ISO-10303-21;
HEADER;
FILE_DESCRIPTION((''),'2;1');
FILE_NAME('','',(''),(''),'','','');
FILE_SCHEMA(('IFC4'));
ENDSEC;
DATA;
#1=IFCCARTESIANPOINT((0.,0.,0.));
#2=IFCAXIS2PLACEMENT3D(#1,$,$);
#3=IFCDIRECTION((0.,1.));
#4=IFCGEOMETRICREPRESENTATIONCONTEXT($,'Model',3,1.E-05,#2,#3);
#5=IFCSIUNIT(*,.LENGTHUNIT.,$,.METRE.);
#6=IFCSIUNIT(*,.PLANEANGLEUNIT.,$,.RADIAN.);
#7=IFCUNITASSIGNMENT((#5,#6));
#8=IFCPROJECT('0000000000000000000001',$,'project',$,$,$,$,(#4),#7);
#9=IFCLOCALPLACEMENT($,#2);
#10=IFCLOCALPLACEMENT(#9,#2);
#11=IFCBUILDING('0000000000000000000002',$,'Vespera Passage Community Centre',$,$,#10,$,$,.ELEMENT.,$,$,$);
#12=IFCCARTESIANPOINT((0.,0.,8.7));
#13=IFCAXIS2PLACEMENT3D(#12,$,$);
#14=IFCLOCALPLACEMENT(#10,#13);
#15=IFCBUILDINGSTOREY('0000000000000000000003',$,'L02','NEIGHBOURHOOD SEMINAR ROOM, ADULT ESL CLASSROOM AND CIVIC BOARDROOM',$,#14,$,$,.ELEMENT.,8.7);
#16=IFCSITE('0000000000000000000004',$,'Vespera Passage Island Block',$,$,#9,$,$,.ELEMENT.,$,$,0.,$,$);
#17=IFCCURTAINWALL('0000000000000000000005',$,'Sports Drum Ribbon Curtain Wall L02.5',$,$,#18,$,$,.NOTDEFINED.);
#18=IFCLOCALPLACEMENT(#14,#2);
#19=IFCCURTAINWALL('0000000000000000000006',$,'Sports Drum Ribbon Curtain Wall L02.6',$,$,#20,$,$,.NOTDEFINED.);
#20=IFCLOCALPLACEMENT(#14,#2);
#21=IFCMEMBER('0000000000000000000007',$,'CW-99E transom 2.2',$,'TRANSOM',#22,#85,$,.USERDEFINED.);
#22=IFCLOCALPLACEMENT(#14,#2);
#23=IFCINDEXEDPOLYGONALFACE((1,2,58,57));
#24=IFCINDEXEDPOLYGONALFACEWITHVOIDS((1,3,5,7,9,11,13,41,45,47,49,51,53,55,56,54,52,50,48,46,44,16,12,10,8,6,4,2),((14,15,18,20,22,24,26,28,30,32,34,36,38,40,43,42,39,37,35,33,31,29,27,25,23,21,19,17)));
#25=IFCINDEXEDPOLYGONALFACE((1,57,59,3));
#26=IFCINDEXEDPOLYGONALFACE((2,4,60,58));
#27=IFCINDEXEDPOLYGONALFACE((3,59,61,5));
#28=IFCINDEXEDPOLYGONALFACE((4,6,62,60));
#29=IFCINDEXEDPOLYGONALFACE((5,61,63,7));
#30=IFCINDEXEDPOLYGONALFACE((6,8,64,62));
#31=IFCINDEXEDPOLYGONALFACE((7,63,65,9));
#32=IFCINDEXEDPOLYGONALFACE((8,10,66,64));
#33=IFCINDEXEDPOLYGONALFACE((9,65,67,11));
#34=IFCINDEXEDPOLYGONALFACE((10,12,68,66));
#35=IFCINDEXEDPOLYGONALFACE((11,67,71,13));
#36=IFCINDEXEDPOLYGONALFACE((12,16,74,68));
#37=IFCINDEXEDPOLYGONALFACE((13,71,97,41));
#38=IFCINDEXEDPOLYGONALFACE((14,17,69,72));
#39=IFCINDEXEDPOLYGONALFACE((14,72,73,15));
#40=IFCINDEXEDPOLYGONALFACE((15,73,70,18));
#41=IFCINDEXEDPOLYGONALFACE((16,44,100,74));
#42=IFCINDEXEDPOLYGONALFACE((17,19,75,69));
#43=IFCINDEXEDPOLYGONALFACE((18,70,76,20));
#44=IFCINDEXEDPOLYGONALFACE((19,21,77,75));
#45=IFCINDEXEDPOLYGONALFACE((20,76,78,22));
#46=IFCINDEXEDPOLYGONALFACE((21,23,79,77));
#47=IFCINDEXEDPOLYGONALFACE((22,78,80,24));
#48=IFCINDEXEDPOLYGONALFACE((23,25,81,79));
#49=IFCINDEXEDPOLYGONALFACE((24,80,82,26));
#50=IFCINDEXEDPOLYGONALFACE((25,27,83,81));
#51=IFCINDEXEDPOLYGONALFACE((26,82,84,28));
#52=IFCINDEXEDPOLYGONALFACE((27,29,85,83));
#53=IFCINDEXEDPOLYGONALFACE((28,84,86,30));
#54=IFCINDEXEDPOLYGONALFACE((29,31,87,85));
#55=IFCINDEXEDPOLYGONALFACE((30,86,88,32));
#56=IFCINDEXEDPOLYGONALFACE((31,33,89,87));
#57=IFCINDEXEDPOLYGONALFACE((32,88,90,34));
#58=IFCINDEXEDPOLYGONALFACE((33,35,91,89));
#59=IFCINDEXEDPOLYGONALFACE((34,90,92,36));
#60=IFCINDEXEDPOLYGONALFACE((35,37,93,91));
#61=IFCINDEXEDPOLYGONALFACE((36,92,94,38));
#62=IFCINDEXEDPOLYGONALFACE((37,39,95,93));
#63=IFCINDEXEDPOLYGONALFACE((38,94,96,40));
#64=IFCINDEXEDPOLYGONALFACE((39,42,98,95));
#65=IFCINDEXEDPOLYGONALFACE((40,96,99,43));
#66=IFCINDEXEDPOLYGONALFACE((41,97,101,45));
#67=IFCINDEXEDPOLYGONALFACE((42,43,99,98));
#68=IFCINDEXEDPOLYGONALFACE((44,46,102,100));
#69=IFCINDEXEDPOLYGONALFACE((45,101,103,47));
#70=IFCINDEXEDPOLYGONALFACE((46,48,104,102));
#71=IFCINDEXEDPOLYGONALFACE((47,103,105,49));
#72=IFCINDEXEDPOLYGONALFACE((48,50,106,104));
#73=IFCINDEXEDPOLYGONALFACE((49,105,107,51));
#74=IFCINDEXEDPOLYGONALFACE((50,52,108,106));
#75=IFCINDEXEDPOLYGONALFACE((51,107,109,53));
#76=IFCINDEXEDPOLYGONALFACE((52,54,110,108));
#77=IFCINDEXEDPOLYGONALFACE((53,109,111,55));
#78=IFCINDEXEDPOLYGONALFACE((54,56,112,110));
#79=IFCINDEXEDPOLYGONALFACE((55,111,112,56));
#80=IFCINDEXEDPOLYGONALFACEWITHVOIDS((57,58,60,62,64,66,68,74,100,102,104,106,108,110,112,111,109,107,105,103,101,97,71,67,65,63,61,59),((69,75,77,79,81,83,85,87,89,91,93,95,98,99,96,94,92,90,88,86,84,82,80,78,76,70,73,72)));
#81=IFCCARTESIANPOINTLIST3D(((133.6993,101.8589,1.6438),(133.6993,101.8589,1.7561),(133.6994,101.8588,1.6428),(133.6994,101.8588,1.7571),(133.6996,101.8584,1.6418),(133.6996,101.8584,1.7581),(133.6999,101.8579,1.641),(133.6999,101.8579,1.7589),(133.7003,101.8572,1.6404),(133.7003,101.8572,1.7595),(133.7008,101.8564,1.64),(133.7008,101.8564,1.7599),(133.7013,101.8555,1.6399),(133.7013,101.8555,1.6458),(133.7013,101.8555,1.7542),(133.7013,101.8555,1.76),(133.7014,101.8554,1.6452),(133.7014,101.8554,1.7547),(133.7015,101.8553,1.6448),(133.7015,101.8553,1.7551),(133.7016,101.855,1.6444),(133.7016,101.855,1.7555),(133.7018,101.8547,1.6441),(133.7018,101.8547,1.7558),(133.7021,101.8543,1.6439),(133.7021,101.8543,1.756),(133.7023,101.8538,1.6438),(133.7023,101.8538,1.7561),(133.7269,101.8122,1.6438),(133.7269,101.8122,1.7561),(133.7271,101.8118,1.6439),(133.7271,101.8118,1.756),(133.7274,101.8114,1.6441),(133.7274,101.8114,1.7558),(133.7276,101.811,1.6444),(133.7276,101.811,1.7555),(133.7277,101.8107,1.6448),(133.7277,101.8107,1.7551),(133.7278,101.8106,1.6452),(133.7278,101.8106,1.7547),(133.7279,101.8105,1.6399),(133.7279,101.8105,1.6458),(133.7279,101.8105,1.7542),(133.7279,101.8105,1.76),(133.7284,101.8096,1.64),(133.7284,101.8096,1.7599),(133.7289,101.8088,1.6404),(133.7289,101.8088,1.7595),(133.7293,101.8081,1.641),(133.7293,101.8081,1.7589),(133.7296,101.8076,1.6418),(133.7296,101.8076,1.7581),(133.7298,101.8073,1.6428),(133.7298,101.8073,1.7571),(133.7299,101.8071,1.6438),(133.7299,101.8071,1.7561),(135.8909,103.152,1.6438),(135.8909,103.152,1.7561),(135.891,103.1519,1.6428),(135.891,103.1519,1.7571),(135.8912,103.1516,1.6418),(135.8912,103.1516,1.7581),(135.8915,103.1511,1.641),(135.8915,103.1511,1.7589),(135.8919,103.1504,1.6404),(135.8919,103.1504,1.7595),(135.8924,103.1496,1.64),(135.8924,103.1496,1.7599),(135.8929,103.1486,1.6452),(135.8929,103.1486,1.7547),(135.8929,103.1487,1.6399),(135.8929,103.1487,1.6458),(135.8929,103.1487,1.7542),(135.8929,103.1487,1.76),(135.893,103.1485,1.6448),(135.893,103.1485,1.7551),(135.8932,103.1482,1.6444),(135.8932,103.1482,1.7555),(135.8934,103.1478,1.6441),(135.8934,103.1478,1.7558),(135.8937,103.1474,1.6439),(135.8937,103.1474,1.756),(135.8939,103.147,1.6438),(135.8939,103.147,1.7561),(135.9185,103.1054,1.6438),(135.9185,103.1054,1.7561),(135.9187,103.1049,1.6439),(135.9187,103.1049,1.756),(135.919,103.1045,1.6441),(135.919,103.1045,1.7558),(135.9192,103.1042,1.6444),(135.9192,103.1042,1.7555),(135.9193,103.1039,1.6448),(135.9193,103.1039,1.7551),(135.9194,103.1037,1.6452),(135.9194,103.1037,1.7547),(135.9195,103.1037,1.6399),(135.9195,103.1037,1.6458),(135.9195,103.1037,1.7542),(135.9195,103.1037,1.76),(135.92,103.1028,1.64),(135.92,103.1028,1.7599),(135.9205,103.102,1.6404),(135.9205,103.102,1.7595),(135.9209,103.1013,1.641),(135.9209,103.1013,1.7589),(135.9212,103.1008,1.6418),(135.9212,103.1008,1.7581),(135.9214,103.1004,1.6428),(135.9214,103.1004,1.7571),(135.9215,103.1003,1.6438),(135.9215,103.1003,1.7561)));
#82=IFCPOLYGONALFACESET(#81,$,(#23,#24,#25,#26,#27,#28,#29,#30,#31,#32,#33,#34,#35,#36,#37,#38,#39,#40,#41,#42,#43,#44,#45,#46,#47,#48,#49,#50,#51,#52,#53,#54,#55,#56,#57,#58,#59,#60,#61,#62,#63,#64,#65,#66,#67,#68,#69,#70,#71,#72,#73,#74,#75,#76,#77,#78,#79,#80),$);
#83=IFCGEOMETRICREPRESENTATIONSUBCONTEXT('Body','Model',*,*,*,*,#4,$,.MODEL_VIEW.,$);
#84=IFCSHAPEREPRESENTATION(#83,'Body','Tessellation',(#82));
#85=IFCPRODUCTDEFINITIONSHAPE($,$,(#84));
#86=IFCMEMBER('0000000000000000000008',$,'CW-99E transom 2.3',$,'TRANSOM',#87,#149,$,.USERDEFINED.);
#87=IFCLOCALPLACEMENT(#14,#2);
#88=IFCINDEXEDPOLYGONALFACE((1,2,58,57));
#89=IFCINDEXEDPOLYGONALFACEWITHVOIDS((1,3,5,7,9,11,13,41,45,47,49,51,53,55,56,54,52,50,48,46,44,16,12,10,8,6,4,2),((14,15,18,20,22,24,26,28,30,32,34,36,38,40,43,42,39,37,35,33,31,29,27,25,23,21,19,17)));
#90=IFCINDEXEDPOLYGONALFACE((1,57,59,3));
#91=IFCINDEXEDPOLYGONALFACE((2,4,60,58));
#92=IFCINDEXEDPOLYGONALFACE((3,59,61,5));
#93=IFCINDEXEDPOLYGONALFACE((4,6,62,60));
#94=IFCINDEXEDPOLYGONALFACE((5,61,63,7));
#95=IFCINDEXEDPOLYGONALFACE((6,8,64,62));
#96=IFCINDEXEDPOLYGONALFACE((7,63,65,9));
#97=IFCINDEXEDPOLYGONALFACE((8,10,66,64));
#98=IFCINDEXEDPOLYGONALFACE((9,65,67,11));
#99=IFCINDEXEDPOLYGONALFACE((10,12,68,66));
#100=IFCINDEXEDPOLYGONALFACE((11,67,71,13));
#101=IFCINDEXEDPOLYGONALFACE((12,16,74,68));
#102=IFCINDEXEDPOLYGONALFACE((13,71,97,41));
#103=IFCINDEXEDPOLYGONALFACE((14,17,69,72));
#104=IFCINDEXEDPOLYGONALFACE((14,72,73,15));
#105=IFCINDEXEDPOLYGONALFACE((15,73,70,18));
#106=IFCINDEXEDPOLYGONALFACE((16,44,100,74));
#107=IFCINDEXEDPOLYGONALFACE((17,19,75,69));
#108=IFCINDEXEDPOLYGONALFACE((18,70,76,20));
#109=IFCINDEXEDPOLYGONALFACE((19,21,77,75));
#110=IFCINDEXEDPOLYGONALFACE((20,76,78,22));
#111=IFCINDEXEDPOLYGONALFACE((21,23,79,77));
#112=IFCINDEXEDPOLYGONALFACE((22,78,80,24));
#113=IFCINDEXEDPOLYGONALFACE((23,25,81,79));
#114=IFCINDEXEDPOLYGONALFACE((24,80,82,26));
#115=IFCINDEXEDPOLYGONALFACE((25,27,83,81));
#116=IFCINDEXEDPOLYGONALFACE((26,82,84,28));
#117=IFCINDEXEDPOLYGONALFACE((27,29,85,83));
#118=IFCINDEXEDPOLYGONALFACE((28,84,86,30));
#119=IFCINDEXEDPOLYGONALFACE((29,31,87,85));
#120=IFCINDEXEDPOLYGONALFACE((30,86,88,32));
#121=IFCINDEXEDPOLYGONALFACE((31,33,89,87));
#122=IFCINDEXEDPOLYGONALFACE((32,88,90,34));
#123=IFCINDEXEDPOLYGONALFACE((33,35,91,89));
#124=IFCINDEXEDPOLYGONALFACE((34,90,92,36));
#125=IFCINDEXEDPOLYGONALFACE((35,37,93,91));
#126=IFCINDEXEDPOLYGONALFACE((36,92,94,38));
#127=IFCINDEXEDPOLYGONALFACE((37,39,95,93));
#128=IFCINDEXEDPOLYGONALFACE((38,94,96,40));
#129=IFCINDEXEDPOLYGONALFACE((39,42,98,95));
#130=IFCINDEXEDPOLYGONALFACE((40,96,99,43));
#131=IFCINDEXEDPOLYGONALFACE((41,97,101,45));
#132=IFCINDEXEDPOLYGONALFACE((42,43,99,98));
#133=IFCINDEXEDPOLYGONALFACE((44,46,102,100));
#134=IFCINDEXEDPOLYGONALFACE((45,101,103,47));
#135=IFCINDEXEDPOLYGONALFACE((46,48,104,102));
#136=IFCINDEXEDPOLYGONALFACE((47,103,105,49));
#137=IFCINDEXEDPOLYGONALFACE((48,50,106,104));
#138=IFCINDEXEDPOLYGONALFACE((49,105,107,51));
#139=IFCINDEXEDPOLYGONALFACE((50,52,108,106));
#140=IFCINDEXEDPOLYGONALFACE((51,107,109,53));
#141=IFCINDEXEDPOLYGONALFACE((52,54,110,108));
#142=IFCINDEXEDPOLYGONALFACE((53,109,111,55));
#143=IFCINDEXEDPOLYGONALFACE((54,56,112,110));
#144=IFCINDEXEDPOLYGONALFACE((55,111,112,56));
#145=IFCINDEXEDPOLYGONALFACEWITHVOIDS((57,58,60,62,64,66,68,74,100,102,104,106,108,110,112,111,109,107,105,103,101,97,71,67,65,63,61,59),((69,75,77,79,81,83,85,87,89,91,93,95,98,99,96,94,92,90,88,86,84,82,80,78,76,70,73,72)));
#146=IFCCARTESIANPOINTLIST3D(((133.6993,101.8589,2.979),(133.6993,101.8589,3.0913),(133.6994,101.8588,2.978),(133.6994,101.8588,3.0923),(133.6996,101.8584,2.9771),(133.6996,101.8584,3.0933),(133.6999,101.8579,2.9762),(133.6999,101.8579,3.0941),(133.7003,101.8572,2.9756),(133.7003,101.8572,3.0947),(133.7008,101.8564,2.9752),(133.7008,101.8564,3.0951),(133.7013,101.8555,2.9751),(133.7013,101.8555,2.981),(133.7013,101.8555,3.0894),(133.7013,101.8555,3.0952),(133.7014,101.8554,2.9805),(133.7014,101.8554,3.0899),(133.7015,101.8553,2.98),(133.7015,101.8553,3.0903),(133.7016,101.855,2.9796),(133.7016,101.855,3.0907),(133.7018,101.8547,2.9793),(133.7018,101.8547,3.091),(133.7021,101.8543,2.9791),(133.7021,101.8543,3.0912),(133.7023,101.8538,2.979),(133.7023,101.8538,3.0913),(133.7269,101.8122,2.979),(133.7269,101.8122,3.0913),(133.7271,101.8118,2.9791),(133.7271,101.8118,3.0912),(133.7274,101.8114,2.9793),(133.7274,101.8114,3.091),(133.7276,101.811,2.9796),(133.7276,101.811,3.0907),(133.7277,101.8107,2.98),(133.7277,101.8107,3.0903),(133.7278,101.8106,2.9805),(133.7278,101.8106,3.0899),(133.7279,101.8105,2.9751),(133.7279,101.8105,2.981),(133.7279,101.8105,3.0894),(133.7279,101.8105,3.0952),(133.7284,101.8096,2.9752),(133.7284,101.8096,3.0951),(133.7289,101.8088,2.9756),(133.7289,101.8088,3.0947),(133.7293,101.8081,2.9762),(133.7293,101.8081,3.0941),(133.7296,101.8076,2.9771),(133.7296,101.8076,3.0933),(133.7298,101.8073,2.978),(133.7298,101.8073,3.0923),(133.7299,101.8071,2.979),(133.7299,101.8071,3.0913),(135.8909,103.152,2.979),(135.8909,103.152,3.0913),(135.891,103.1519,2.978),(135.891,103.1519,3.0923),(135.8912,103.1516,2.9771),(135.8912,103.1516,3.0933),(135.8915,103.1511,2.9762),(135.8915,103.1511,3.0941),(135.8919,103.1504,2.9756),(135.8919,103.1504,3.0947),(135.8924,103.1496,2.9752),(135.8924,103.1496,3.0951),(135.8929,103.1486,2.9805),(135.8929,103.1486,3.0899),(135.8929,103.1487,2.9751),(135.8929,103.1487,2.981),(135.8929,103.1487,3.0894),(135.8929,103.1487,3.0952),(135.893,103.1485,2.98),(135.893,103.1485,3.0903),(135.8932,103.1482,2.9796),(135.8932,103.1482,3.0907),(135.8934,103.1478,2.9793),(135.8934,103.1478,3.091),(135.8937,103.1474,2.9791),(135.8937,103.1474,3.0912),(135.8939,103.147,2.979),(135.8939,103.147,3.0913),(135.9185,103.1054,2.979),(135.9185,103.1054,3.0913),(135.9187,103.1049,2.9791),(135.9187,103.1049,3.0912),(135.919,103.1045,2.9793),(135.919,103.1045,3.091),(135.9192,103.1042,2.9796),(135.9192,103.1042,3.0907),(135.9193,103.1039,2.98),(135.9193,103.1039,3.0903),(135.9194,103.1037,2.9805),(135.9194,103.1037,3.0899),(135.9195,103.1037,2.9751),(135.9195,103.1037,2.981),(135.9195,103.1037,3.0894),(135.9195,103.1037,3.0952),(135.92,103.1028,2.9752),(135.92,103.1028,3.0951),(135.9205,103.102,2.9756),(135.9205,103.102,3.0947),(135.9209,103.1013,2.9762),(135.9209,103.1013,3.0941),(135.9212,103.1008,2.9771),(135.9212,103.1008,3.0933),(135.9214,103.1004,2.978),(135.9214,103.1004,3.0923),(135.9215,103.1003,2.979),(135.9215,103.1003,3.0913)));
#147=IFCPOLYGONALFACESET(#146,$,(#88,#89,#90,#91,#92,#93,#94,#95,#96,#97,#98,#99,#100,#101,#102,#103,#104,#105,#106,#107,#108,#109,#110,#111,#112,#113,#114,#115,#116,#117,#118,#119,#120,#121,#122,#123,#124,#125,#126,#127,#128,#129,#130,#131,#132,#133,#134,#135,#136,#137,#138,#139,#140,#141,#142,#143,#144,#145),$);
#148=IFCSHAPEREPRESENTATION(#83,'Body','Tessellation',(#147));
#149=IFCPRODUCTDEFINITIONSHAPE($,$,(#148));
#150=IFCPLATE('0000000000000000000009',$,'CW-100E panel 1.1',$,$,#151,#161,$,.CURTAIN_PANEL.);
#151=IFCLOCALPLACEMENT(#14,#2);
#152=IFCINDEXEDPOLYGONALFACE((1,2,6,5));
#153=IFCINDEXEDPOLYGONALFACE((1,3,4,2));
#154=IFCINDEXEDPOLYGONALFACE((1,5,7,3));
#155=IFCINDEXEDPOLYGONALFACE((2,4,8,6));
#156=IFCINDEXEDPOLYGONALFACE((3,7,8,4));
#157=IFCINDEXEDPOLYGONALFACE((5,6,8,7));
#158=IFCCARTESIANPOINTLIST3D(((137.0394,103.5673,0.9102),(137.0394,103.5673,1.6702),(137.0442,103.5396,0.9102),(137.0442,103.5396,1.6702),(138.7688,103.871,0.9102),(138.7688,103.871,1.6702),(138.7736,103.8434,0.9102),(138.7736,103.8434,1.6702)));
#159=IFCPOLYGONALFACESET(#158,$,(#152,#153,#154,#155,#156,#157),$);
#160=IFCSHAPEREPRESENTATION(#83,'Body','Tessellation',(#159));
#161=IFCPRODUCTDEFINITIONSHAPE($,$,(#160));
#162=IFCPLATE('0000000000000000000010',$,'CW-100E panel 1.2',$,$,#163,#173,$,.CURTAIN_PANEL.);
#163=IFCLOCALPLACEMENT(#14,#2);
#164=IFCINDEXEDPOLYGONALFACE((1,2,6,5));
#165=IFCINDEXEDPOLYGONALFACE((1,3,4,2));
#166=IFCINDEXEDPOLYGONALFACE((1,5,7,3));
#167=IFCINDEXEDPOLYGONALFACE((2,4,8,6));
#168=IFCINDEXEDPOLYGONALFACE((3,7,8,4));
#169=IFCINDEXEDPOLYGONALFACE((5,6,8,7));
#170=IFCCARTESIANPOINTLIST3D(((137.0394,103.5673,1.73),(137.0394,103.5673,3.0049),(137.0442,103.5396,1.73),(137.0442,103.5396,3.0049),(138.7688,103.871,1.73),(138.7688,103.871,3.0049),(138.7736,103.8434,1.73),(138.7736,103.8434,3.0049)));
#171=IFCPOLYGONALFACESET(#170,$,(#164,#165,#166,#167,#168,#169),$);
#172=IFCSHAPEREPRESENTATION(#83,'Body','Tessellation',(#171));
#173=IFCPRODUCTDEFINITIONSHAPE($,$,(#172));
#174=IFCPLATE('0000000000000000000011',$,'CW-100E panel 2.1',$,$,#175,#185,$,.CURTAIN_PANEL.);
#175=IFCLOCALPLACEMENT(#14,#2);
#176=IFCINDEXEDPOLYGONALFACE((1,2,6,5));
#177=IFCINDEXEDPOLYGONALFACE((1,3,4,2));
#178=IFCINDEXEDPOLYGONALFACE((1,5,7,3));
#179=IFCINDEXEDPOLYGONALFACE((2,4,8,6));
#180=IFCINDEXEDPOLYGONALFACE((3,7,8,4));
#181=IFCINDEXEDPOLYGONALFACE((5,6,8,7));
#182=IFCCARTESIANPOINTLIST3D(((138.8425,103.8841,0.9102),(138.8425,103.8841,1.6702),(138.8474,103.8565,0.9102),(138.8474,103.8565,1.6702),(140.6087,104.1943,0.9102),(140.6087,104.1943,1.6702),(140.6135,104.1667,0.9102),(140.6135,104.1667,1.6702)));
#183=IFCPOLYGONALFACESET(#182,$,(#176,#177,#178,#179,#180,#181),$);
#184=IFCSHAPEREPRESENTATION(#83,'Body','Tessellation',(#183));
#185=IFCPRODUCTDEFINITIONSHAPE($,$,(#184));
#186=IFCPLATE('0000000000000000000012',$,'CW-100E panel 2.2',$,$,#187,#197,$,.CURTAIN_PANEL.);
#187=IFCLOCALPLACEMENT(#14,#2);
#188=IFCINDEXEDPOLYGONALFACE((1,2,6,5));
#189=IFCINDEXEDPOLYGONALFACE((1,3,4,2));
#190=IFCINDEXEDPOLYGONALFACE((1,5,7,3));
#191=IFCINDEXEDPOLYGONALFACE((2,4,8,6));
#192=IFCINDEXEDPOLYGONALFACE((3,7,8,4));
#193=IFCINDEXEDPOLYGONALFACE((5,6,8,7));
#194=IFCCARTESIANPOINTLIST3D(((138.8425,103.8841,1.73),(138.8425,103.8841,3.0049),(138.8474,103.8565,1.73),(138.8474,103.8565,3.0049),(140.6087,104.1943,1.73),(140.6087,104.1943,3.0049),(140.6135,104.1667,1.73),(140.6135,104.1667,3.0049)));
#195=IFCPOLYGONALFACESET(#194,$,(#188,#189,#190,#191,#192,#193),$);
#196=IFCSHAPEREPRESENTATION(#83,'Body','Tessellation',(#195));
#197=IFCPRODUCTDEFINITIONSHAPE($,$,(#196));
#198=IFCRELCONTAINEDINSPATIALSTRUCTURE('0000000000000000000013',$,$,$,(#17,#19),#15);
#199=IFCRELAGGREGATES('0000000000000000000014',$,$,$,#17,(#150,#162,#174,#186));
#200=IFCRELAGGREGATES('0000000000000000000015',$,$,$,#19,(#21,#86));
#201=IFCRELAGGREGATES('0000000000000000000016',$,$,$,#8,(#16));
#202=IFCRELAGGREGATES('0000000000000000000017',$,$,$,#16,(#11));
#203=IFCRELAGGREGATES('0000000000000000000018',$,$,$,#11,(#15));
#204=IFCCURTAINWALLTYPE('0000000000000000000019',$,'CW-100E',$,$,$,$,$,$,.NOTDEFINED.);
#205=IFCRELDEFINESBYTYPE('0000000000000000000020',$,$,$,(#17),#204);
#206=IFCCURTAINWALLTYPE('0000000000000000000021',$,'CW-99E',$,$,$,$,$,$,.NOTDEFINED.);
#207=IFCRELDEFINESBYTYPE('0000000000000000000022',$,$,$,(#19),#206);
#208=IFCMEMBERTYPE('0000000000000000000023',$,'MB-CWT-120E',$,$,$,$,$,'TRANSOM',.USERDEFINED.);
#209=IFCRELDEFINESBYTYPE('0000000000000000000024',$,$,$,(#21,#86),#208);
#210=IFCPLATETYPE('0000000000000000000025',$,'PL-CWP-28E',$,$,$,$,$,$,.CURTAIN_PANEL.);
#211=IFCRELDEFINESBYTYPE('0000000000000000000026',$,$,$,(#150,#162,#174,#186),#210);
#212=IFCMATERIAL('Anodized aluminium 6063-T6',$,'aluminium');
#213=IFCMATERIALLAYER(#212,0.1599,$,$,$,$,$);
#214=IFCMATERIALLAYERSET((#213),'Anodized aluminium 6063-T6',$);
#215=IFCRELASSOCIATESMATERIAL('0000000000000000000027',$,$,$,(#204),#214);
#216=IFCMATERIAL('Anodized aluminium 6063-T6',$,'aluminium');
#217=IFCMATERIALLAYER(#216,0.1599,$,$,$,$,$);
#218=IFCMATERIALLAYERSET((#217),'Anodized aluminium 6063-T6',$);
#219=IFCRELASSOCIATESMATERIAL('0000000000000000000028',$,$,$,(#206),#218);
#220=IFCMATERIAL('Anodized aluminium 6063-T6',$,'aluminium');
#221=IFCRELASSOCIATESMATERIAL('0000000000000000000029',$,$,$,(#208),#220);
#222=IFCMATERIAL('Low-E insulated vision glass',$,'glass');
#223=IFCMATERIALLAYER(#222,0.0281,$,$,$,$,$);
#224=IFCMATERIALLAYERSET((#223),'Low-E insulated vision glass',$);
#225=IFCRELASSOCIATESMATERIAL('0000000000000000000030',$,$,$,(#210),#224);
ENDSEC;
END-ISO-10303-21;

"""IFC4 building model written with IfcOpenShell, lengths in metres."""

from ifc_helpers import new_model, si_unit, direction, frame, origin, origin_2d, place, context, subcontext, project, spatial, rectangle, hollow_rectangle, extrude, material, layer, layer_set, material_profile, profile_set, type_object, element, aggregate, save


model = new_model("IFC4")

# Units and contexts
model_context = context("Model", 3, precision=1e-05, world=origin(), true_north=direction((0.0, 1.0)))
body_context = subcontext(model_context, "Body", "Model", "MODEL_VIEW")
ifc_project = project(units=[si_unit("LENGTHUNIT", "METRE"), si_unit("PLANEANGLEUNIT", "RADIAN")], contexts=[model_context])

# Site, building, storey
site_placement = place(None, origin())
site = spatial("IfcSite", under=ifc_project, at=site_placement, Name="Vespera Passage Island Block", CompositionType="ELEMENT", RefElevation=0.0)
building_placement = place(site_placement, origin())
building = spatial("IfcBuilding", under=site, at=building_placement, Name="Vespera Passage Community Centre", CompositionType="ELEMENT")
storey_placement = place(building_placement, frame((0.0, 0.0, 8.7)))
storey = spatial("IfcBuildingStorey", under=building, at=storey_placement, Name="L02", Description="NEIGHBOURHOOD SEMINAR ROOM, ADULT ESL CLASSROOM AND CIVIC BOARDROOM", CompositionType="ELEMENT", Elevation=8.7)

# Curtain walls
ifc_material_1 = material(Name="Anodized aluminium 6063-T6", Category="aluminium")
ifc_layer_1 = layer(ifc_material_1, 0.1599)
ifc_layer_set_1 = layer_set([ifc_layer_1], Name="Anodized aluminium 6063-T6")
curtain_wall_type_1 = type_object("IfcCurtainWallType", Name="CW-100E", PredefinedType="NOTDEFINED", material=ifc_layer_set_1)
curtain_wall_1_placement = place(storey_placement, origin())
curtain_wall_1 = element("IfcCurtainWall", 1, at=curtain_wall_1_placement, inside=storey, type_object=curtain_wall_type_1, Name="Sports Drum Ribbon Curtain Wall L02.5", PredefinedType="NOTDEFINED")
ifc_material_2 = material(Name="Anodized aluminium 6063-T6", Category="aluminium")
ifc_layer_2 = layer(ifc_material_2, 0.1599)
ifc_layer_set_2 = layer_set([ifc_layer_2], Name="Anodized aluminium 6063-T6")
curtain_wall_type_2 = type_object("IfcCurtainWallType", Name="CW-99E", PredefinedType="NOTDEFINED", material=ifc_layer_set_2)
curtain_wall_2_placement = place(storey_placement, origin())
curtain_wall_2 = element("IfcCurtainWall", 2, at=curtain_wall_2_placement, inside=storey, type_object=curtain_wall_type_2, Name="Sports Drum Ribbon Curtain Wall L02.6", PredefinedType="NOTDEFINED")

# Members
ifc_material_3 = material(Name="Anodized aluminium 6063-T6", Category="aluminium")
ifc_material_profile_1 = material_profile(ifc_material_3, hollow_rectangle(XDim=0.0601, YDim=0.1201, WallThickness=0.0039, InnerFilletRadius=0.002, OuterFilletRadius=0.0039, at=origin_2d()), Name="ALU120X60X4")
ifc_profile_set_1 = profile_set([ifc_material_profile_1], Name="Anodized aluminium 6063-T6")
member_type_1 = type_object("IfcMemberType", Name="MB-CWT-120E", ElementType="TRANSOM", PredefinedType="USERDEFINED", material=ifc_profile_set_1)
member_1_placement = place(storey_placement, frame((133.7146, 101.833, 1.7), z_axis=(0.861245, 0.508189, 0.0), x_axis=(-0.508189, 0.861245, 0.0)))
member_1 = element("IfcMember", 3, at=member_1_placement, type_object=member_type_1, Name="CW-99E transom 2.2", ObjectType="TRANSOM", PredefinedType="USERDEFINED", context=body_context, shape_type="SweptSolid", body=[
    extrude(hollow_rectangle(XDim=0.0601, YDim=0.1201, WallThickness=0.0039, InnerFilletRadius=0.002, OuterFilletRadius=0.0039, at=origin_2d()), origin(), (0.0, 0.0, 1.0), 2.5447),
])
member_2_placement = place(storey_placement, frame((133.7146, 101.833, 3.0352), z_axis=(0.861245, 0.508189, 0.0), x_axis=(-0.508189, 0.861245, 0.0)))
member_2 = element("IfcMember", 4, at=member_2_placement, type_object=member_type_1, Name="CW-99E transom 2.3", ObjectType="TRANSOM", PredefinedType="USERDEFINED", context=body_context, shape_type="SweptSolid", body=[
    extrude(hollow_rectangle(XDim=0.0601, YDim=0.1201, WallThickness=0.0039, InnerFilletRadius=0.002, OuterFilletRadius=0.0039, at=origin_2d()), origin(), (0.0, 0.0, 1.0), 2.5447),
])

# Plates
ifc_material_4 = material(Name="Low-E insulated vision glass", Category="glass")
ifc_layer_3 = layer(ifc_material_4, 0.0281)
ifc_layer_set_3 = layer_set([ifc_layer_3], Name="Low-E insulated vision glass")
plate_type = type_object("IfcPlateType", Name="PL-CWP-28E", PredefinedType="CURTAIN_PANEL", material=ifc_layer_set_3)
plate_1_placement = place(storey_placement, frame((137.9065, 103.7053, 0.9102), z_axis=(0.0, 0.0, 1.0), x_axis=(0.984923, 0.172994, 0.0)))
plate_1 = element("IfcPlate", 5, at=plate_1_placement, type_object=plate_type, Name="CW-100E panel 1.1", PredefinedType="CURTAIN_PANEL", context=body_context, shape_type="SweptSolid", body=[
    extrude(rectangle(XDim=1.7559, YDim=0.0281, at=origin_2d()), origin(), (0.0, 0.0, 1.0), 0.76),
])
plate_2_placement = place(storey_placement, frame((137.9065, 103.7053, 1.73), z_axis=(0.0, 0.0, 1.0), x_axis=(0.984923, 0.172994, 0.0)))
plate_2 = element("IfcPlate", 6, at=plate_2_placement, type_object=plate_type, Name="CW-100E panel 1.2", PredefinedType="CURTAIN_PANEL", context=body_context, shape_type="SweptSolid", body=[
    extrude(rectangle(XDim=1.7559, YDim=0.0281, at=origin_2d()), origin(), (0.0, 0.0, 1.0), 1.2749),
])
plate_3_placement = place(storey_placement, frame((139.728, 104.0254, 0.9102), z_axis=(0.0, 0.0, 1.0), x_axis=(0.984923, 0.172994, 0.0)))
plate_3 = element("IfcPlate", 7, at=plate_3_placement, type_object=plate_type, Name="CW-100E panel 2.1", PredefinedType="CURTAIN_PANEL", context=body_context, shape_type="SweptSolid", body=[
    extrude(rectangle(XDim=1.7932, YDim=0.0281, at=origin_2d()), origin(), (0.0, 0.0, 1.0), 0.76),
])
plate_4_placement = place(storey_placement, frame((139.728, 104.0254, 1.73), z_axis=(0.0, 0.0, 1.0), x_axis=(0.984923, 0.172994, 0.0)))
plate_4 = element("IfcPlate", 8, at=plate_4_placement, type_object=plate_type, Name="CW-100E panel 2.2", PredefinedType="CURTAIN_PANEL", context=body_context, shape_type="SweptSolid", body=[
    extrude(rectangle(XDim=1.7932, YDim=0.0281, at=origin_2d()), origin(), (0.0, 0.0, 1.0), 1.2749),
])
aggregate(curtain_wall_1, [plate_1, plate_2, plate_3, plate_4])
aggregate(curtain_wall_2, [member_1, member_2])

save(model, "model.ifc")
